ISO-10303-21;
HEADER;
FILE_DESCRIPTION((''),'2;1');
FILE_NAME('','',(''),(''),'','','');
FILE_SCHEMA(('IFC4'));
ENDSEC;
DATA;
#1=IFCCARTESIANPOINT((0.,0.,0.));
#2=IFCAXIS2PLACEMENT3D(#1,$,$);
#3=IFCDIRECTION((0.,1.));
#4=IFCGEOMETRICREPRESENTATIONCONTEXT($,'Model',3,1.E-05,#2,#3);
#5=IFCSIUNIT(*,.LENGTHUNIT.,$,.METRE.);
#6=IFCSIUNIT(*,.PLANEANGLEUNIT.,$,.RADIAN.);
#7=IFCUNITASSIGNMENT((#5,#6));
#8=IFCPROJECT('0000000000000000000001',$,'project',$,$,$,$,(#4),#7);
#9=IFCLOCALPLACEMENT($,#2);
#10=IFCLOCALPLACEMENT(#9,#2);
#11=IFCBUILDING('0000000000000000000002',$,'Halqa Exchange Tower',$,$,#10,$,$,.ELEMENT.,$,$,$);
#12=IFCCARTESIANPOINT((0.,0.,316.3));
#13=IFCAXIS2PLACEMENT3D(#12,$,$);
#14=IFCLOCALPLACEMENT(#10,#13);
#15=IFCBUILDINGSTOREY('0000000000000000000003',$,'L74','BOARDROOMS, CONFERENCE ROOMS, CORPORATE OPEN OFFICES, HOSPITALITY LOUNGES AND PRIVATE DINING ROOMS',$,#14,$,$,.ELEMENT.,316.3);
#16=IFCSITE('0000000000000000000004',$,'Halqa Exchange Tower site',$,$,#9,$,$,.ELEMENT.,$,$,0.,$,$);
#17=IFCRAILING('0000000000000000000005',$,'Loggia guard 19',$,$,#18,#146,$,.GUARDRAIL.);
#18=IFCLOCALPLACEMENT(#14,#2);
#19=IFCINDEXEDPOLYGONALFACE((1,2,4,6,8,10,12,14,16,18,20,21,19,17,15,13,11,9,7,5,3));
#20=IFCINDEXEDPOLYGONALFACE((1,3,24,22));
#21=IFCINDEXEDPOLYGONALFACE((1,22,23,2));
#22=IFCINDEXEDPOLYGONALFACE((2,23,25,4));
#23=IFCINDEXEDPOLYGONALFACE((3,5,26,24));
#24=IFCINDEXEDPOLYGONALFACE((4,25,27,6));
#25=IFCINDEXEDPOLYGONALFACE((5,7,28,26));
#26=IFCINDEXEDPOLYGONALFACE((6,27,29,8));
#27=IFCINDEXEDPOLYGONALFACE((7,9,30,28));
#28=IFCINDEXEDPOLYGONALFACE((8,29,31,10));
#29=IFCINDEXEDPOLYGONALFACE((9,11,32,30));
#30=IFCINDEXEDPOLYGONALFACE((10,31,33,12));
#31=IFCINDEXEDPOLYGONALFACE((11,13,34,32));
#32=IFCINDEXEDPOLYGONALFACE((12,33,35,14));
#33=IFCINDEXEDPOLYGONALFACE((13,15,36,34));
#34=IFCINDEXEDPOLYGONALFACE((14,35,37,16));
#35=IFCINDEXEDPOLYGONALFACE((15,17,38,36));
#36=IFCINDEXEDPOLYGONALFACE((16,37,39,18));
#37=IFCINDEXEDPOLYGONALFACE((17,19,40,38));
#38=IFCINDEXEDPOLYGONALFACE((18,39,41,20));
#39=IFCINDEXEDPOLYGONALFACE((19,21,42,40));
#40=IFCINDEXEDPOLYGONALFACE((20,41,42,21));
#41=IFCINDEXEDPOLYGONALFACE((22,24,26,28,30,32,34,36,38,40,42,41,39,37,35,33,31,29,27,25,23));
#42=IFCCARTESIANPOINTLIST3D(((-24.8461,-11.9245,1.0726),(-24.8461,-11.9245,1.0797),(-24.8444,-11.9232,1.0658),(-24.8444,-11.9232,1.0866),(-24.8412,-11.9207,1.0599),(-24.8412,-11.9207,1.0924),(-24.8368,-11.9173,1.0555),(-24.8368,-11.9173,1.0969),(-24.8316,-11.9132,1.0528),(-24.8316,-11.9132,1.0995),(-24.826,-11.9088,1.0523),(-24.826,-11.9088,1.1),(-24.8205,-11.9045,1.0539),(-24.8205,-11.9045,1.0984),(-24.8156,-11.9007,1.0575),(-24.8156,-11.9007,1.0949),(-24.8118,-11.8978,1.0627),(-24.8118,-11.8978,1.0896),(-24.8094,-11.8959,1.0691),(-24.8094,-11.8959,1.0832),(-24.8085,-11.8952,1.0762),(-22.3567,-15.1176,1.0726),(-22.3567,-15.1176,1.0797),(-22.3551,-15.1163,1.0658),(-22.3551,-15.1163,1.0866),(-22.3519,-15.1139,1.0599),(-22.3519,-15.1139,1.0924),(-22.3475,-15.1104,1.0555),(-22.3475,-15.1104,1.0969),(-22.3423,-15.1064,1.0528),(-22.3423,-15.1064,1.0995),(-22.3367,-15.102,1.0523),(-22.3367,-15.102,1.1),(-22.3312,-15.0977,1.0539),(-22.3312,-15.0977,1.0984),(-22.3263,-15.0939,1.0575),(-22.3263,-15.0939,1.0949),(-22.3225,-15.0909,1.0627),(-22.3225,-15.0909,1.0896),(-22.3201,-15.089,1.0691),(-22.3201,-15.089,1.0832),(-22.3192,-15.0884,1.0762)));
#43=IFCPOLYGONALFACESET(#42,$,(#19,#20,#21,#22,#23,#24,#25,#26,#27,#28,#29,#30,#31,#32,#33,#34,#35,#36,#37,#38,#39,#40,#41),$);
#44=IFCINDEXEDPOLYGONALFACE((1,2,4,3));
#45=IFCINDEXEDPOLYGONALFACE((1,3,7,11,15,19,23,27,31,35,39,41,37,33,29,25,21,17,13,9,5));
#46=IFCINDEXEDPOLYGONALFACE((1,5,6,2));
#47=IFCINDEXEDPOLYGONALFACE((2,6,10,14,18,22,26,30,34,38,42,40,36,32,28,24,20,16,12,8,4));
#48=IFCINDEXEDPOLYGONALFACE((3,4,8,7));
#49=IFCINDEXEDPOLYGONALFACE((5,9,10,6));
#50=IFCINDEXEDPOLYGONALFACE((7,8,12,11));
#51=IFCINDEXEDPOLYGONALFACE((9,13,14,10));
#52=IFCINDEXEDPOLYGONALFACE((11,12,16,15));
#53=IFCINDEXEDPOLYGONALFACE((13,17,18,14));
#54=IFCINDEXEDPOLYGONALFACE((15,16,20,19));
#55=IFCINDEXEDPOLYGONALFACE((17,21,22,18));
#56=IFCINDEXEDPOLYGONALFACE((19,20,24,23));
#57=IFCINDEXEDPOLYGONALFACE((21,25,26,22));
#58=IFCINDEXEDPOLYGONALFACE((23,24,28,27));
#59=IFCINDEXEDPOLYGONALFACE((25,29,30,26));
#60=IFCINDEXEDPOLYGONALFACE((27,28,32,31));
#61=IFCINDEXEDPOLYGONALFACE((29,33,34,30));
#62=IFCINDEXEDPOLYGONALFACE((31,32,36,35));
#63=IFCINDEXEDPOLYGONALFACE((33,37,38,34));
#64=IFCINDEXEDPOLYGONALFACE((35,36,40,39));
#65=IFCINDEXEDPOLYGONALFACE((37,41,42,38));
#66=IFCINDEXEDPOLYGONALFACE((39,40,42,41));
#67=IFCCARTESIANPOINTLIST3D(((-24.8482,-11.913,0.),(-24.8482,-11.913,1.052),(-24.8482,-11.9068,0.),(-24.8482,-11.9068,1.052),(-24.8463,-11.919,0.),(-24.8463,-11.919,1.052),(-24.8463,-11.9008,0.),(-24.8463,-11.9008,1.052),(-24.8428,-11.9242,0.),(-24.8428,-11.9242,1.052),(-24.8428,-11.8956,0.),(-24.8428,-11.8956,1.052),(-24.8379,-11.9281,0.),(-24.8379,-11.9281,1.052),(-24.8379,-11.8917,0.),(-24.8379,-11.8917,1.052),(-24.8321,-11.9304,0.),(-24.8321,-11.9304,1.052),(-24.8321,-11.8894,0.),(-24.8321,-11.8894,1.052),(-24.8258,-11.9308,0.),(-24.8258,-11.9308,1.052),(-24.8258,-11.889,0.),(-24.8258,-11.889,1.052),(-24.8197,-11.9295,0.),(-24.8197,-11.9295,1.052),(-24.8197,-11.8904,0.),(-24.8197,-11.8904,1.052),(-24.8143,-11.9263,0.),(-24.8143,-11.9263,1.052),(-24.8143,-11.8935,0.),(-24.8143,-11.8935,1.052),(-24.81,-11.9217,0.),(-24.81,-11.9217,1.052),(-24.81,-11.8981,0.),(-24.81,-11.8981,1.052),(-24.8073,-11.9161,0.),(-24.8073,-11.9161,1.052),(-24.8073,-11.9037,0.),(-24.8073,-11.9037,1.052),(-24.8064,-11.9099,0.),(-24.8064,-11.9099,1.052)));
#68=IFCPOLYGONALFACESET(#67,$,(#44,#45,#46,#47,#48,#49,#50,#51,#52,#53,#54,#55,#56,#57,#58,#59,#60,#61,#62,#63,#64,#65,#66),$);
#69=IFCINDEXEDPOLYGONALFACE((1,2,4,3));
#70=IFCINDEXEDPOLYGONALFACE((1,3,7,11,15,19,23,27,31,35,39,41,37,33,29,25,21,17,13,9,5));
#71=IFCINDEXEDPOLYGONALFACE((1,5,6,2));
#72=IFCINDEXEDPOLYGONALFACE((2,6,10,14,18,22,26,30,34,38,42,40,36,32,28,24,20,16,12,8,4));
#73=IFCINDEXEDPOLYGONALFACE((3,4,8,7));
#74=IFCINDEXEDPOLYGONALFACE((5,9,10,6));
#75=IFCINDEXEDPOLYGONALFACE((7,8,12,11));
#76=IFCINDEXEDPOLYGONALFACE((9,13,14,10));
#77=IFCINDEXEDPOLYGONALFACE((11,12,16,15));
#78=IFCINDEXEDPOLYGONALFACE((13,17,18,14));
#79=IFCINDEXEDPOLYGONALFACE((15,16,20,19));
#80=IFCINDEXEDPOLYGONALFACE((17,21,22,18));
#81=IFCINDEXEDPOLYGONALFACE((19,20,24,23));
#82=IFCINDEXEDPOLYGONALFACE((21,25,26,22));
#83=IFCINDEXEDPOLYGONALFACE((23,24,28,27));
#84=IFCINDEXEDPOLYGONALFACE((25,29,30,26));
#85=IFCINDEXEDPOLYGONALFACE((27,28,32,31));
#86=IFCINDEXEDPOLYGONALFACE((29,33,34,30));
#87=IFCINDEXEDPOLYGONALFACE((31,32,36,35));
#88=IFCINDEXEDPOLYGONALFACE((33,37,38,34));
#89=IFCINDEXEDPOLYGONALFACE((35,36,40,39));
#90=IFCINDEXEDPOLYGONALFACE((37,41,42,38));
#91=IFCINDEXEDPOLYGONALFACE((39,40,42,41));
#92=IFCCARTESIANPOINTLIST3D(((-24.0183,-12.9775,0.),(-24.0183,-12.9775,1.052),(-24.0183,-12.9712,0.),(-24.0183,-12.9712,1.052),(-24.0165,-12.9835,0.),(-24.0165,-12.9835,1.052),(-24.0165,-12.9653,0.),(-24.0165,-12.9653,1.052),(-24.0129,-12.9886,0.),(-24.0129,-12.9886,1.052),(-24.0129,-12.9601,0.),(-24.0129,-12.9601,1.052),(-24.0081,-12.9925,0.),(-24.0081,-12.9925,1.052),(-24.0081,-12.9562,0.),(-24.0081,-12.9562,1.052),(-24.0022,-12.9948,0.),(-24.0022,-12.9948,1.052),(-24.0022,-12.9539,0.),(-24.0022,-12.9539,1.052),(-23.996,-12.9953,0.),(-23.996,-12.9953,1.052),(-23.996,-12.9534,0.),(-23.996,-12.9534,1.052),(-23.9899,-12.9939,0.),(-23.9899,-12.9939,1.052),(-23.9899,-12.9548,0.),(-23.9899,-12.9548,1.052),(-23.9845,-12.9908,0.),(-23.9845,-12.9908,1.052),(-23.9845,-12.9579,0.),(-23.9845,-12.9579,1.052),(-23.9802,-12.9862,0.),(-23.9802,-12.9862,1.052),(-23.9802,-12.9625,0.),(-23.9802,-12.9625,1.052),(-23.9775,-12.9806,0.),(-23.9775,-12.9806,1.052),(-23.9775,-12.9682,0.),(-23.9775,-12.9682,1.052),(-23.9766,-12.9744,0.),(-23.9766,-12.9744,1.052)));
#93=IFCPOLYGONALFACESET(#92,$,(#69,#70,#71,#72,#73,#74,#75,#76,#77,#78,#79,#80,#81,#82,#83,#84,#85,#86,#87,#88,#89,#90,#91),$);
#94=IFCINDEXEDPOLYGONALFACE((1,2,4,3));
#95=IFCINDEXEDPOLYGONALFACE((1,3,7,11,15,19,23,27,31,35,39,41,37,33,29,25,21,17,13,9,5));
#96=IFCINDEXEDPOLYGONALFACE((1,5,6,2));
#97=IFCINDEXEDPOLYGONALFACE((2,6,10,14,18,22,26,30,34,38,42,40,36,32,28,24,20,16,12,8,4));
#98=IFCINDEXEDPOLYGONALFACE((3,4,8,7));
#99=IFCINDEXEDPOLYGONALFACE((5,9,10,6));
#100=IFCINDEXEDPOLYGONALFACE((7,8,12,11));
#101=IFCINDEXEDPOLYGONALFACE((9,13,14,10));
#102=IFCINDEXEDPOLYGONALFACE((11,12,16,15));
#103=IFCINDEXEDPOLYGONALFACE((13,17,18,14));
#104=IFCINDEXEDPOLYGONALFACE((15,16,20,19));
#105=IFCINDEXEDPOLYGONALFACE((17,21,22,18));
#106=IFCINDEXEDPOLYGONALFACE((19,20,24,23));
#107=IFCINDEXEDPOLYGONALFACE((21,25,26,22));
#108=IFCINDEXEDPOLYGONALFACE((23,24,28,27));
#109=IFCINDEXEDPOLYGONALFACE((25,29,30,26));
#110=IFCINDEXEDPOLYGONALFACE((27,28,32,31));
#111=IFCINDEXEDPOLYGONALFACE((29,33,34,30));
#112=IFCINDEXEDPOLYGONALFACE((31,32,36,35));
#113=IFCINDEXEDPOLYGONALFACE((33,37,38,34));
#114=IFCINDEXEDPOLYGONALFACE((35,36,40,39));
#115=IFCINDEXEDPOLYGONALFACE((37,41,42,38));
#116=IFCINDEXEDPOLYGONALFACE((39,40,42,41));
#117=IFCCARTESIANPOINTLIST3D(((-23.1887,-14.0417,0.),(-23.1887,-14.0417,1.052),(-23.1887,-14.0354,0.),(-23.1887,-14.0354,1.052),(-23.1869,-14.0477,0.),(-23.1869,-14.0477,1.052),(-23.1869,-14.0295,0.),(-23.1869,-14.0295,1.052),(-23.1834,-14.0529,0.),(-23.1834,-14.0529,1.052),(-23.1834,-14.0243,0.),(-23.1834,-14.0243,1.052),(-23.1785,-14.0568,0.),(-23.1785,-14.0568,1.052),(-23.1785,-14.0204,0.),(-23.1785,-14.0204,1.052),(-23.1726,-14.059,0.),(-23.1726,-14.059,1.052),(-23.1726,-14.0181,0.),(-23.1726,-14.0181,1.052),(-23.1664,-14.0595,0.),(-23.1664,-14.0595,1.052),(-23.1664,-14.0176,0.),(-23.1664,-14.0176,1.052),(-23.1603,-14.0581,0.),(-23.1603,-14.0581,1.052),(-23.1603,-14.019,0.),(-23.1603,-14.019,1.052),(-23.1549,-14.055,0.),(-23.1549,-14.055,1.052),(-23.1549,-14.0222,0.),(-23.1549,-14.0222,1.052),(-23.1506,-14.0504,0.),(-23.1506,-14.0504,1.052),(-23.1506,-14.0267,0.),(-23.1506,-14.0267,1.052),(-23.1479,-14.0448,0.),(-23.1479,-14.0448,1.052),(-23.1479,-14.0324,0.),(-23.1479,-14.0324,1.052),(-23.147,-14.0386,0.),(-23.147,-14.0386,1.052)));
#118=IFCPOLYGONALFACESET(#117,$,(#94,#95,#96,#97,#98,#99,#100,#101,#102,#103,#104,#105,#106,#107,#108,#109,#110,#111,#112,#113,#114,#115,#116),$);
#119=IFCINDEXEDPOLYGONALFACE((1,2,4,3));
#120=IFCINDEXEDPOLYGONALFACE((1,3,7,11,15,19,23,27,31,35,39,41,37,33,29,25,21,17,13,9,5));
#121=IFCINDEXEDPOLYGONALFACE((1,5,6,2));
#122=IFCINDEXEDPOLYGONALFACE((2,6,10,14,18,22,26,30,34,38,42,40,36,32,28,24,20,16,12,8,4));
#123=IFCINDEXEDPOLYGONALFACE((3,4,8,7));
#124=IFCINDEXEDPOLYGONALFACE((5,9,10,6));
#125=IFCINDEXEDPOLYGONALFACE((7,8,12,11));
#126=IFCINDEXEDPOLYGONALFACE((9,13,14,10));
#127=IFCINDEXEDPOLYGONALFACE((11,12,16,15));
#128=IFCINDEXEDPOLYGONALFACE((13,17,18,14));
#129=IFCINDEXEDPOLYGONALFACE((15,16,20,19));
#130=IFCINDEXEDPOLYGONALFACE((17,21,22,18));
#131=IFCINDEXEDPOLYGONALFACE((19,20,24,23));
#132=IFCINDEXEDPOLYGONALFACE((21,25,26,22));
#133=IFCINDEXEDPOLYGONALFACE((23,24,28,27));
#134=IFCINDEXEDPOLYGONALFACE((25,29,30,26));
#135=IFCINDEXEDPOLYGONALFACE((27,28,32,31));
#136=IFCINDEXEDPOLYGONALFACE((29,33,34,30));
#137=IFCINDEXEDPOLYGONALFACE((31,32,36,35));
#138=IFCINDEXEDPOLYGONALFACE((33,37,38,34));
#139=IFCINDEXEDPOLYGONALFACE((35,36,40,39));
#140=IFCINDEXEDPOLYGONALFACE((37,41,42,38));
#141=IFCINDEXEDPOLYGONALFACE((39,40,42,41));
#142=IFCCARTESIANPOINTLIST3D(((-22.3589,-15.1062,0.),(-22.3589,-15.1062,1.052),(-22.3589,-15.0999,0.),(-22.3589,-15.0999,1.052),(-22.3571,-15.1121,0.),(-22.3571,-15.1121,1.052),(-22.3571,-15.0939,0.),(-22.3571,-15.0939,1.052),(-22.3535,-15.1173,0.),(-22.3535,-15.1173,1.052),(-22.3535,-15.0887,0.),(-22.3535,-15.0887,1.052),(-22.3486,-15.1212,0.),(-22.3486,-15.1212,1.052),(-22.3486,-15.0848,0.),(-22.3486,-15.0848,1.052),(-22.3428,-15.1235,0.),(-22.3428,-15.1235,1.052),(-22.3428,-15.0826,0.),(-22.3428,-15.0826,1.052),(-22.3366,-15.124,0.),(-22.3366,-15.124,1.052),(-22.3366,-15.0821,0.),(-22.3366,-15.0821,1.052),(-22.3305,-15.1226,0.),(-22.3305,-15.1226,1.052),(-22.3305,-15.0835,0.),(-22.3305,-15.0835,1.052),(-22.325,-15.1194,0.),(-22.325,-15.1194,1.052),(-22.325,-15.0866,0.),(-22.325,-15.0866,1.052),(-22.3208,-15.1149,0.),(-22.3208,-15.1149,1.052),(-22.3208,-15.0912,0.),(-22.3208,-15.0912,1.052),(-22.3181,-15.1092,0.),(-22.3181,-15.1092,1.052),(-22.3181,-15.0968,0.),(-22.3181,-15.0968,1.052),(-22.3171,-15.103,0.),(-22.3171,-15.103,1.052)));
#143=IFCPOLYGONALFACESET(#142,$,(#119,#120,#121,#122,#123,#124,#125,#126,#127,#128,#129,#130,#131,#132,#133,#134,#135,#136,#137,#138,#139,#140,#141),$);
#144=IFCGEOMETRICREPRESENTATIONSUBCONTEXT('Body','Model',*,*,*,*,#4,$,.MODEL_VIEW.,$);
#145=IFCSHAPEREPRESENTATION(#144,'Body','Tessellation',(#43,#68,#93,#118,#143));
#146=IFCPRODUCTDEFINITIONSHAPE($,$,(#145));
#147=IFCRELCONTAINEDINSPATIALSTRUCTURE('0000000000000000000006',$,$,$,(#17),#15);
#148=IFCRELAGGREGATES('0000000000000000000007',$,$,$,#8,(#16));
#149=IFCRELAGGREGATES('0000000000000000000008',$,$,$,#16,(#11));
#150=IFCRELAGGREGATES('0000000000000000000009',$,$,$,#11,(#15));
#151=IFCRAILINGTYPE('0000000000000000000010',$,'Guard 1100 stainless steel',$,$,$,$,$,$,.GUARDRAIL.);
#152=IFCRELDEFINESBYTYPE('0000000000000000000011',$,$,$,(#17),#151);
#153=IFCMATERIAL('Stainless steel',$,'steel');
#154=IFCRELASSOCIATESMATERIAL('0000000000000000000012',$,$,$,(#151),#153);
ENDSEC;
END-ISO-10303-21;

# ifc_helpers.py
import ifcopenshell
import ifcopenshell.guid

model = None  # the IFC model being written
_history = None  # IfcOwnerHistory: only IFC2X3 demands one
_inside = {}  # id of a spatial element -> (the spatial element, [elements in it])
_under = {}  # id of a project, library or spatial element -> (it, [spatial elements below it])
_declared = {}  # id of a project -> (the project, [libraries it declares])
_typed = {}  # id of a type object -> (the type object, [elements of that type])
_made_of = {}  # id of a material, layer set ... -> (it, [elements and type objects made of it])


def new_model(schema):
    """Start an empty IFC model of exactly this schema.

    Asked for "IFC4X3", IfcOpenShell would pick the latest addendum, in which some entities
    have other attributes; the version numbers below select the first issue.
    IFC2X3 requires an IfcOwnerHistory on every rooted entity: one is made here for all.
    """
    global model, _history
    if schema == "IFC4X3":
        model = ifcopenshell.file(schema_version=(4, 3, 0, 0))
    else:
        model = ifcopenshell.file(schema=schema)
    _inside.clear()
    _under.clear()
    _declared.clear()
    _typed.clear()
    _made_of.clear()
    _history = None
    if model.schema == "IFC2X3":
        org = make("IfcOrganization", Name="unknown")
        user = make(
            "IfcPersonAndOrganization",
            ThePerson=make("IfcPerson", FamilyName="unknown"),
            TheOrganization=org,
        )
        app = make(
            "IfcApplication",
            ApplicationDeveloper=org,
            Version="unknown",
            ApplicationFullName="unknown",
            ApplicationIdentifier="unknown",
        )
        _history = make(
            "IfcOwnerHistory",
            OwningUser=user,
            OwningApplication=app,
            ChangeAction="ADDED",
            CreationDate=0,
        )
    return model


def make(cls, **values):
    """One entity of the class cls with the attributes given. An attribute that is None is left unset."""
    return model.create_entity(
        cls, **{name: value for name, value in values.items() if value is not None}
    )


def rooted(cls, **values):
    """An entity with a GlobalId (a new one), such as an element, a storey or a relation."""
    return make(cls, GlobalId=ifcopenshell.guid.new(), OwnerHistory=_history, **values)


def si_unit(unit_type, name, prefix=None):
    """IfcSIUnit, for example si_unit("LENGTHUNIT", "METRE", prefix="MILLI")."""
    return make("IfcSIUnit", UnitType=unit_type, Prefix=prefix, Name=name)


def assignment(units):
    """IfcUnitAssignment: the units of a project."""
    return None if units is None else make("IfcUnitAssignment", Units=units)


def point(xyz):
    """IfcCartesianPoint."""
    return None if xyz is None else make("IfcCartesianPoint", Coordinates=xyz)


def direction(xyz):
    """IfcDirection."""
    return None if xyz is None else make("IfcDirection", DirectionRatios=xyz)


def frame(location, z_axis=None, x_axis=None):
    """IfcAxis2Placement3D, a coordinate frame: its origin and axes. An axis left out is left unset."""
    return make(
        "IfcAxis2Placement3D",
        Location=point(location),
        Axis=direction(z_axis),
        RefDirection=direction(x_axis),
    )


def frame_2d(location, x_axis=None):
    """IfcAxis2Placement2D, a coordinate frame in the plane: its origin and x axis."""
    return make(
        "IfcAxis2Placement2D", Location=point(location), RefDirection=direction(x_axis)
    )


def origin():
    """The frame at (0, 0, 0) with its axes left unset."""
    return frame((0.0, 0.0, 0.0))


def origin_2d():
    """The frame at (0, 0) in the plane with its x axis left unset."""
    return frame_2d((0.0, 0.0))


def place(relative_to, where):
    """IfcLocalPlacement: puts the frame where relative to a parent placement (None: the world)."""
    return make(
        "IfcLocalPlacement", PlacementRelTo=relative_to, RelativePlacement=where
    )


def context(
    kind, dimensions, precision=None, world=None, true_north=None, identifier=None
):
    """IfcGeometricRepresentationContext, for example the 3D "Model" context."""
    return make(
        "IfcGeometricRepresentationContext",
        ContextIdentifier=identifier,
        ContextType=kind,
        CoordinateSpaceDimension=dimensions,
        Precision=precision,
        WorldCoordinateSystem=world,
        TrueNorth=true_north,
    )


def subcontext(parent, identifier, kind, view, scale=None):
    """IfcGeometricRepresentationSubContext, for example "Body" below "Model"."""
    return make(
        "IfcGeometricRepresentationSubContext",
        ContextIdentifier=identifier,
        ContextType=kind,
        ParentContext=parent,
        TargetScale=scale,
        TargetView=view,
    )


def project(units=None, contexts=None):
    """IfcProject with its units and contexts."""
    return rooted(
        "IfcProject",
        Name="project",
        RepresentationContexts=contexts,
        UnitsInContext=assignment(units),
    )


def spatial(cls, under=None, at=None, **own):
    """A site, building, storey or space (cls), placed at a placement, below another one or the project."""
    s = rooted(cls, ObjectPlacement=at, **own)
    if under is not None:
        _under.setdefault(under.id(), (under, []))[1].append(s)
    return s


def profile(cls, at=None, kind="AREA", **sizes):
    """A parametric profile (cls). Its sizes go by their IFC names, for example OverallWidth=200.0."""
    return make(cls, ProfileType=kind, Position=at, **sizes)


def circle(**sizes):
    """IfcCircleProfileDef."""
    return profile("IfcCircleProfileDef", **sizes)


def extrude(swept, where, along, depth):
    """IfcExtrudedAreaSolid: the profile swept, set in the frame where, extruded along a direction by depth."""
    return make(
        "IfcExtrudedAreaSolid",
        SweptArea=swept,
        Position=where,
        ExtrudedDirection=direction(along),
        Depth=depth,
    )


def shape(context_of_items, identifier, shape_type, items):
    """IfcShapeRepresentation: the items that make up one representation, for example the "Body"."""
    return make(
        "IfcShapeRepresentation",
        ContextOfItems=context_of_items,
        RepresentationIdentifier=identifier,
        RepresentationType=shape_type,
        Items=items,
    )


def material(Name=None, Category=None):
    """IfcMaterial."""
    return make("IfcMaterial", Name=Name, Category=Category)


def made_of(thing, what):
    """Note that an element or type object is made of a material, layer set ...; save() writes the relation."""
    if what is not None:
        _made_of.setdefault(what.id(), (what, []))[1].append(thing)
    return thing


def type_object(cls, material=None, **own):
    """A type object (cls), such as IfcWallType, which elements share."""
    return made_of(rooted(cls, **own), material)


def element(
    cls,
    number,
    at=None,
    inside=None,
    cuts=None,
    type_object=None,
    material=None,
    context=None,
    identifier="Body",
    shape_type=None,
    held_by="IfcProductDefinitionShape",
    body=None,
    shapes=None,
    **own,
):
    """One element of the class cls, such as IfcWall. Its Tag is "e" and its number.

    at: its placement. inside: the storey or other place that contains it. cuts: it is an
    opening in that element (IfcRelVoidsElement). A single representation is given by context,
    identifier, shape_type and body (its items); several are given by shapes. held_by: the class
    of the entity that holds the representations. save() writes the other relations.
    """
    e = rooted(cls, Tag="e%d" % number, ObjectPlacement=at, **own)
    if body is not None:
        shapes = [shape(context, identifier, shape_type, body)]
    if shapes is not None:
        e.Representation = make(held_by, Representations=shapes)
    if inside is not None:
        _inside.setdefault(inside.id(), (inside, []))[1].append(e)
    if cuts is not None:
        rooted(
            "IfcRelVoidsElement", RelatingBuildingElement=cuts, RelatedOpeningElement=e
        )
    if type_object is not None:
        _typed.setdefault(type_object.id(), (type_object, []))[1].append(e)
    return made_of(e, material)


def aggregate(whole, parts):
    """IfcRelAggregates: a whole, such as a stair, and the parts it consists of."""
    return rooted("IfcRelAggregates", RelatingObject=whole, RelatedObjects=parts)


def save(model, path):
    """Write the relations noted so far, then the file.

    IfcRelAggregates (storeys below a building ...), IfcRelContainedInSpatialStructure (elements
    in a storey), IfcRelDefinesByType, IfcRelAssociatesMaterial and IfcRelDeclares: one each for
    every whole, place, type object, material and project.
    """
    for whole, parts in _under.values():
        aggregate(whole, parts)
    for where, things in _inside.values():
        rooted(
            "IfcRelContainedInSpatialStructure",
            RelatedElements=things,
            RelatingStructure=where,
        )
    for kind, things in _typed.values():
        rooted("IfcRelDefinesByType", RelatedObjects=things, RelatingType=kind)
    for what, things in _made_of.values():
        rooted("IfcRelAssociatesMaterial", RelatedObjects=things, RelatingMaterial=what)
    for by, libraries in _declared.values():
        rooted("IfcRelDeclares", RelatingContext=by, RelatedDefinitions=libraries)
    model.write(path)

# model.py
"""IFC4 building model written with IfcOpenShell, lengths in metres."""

from ifc_helpers import new_model, si_unit, direction, frame, origin, origin_2d, place, context, subcontext, project, spatial, circle, extrude, material, type_object, element, save


model = new_model("IFC4")

# Units and contexts
model_context = context("Model", 3, precision=1e-05, world=origin(), true_north=direction((0.0, 1.0)))
body_context = subcontext(model_context, "Body", "Model", "MODEL_VIEW")
ifc_project = project(units=[si_unit("LENGTHUNIT", "METRE"), si_unit("PLANEANGLEUNIT", "RADIAN")], contexts=[model_context])

# Site, building, storey
site_placement = place(None, origin())
site = spatial("IfcSite", under=ifc_project, at=site_placement, Name="Halqa Exchange Tower site", CompositionType="ELEMENT", RefElevation=0.0)
building_placement = place(site_placement, origin())
building = spatial("IfcBuilding", under=site, at=building_placement, Name="Halqa Exchange Tower", CompositionType="ELEMENT")
storey_placement = place(building_placement, frame((0.0, 0.0, 316.3)))
storey = spatial("IfcBuildingStorey", under=building, at=storey_placement, Name="L74", Description="BOARDROOMS, CONFERENCE ROOMS, CORPORATE OPEN OFFICES, HOSPITALITY LOUNGES AND PRIVATE DINING ROOMS", CompositionType="ELEMENT", Elevation=316.3)

# Railing
ifc_material_1 = material(Name="Stainless steel", Category="steel")
railing_type = type_object("IfcRailingType", Name="Guard 1100 stainless steel", PredefinedType="GUARDRAIL", material=ifc_material_1)
railing_1_placement = place(storey_placement, frame((-24.8274, -11.9099, 0.0)))
element("IfcRailing", 1, at=railing_1_placement, inside=storey, type_object=railing_type, Name="Loggia guard 19", PredefinedType="GUARDRAIL", context=body_context, shape_type="SweptSolid", body=[
    extrude(circle(Radius=0.0239, at=origin_2d()), frame((0.0, 0.0, 1.0762), z_axis=(0.614821, -0.788667, 0.0), x_axis=(0.788667, 0.614821, 0.0)), (0.0, 0.0, 1.0), 4.0488),
    extrude(circle(Radius=0.021, at=origin_2d()), origin(), (0.0, 0.0, 1.0), 1.052),
    extrude(circle(Radius=0.021, at=origin_2d()), frame((0.8298, -1.0645, 0.0)), (0.0, 0.0, 1.0), 1.052),
    extrude(circle(Radius=0.021, at=origin_2d()), frame((1.6594, -2.1287, 0.0)), (0.0, 0.0, 1.0), 1.052),
    extrude(circle(Radius=0.021, at=origin_2d()), frame((2.4893, -3.1931, 0.0)), (0.0, 0.0, 1.0), 1.052),
])

save(model, "model.ifc")
